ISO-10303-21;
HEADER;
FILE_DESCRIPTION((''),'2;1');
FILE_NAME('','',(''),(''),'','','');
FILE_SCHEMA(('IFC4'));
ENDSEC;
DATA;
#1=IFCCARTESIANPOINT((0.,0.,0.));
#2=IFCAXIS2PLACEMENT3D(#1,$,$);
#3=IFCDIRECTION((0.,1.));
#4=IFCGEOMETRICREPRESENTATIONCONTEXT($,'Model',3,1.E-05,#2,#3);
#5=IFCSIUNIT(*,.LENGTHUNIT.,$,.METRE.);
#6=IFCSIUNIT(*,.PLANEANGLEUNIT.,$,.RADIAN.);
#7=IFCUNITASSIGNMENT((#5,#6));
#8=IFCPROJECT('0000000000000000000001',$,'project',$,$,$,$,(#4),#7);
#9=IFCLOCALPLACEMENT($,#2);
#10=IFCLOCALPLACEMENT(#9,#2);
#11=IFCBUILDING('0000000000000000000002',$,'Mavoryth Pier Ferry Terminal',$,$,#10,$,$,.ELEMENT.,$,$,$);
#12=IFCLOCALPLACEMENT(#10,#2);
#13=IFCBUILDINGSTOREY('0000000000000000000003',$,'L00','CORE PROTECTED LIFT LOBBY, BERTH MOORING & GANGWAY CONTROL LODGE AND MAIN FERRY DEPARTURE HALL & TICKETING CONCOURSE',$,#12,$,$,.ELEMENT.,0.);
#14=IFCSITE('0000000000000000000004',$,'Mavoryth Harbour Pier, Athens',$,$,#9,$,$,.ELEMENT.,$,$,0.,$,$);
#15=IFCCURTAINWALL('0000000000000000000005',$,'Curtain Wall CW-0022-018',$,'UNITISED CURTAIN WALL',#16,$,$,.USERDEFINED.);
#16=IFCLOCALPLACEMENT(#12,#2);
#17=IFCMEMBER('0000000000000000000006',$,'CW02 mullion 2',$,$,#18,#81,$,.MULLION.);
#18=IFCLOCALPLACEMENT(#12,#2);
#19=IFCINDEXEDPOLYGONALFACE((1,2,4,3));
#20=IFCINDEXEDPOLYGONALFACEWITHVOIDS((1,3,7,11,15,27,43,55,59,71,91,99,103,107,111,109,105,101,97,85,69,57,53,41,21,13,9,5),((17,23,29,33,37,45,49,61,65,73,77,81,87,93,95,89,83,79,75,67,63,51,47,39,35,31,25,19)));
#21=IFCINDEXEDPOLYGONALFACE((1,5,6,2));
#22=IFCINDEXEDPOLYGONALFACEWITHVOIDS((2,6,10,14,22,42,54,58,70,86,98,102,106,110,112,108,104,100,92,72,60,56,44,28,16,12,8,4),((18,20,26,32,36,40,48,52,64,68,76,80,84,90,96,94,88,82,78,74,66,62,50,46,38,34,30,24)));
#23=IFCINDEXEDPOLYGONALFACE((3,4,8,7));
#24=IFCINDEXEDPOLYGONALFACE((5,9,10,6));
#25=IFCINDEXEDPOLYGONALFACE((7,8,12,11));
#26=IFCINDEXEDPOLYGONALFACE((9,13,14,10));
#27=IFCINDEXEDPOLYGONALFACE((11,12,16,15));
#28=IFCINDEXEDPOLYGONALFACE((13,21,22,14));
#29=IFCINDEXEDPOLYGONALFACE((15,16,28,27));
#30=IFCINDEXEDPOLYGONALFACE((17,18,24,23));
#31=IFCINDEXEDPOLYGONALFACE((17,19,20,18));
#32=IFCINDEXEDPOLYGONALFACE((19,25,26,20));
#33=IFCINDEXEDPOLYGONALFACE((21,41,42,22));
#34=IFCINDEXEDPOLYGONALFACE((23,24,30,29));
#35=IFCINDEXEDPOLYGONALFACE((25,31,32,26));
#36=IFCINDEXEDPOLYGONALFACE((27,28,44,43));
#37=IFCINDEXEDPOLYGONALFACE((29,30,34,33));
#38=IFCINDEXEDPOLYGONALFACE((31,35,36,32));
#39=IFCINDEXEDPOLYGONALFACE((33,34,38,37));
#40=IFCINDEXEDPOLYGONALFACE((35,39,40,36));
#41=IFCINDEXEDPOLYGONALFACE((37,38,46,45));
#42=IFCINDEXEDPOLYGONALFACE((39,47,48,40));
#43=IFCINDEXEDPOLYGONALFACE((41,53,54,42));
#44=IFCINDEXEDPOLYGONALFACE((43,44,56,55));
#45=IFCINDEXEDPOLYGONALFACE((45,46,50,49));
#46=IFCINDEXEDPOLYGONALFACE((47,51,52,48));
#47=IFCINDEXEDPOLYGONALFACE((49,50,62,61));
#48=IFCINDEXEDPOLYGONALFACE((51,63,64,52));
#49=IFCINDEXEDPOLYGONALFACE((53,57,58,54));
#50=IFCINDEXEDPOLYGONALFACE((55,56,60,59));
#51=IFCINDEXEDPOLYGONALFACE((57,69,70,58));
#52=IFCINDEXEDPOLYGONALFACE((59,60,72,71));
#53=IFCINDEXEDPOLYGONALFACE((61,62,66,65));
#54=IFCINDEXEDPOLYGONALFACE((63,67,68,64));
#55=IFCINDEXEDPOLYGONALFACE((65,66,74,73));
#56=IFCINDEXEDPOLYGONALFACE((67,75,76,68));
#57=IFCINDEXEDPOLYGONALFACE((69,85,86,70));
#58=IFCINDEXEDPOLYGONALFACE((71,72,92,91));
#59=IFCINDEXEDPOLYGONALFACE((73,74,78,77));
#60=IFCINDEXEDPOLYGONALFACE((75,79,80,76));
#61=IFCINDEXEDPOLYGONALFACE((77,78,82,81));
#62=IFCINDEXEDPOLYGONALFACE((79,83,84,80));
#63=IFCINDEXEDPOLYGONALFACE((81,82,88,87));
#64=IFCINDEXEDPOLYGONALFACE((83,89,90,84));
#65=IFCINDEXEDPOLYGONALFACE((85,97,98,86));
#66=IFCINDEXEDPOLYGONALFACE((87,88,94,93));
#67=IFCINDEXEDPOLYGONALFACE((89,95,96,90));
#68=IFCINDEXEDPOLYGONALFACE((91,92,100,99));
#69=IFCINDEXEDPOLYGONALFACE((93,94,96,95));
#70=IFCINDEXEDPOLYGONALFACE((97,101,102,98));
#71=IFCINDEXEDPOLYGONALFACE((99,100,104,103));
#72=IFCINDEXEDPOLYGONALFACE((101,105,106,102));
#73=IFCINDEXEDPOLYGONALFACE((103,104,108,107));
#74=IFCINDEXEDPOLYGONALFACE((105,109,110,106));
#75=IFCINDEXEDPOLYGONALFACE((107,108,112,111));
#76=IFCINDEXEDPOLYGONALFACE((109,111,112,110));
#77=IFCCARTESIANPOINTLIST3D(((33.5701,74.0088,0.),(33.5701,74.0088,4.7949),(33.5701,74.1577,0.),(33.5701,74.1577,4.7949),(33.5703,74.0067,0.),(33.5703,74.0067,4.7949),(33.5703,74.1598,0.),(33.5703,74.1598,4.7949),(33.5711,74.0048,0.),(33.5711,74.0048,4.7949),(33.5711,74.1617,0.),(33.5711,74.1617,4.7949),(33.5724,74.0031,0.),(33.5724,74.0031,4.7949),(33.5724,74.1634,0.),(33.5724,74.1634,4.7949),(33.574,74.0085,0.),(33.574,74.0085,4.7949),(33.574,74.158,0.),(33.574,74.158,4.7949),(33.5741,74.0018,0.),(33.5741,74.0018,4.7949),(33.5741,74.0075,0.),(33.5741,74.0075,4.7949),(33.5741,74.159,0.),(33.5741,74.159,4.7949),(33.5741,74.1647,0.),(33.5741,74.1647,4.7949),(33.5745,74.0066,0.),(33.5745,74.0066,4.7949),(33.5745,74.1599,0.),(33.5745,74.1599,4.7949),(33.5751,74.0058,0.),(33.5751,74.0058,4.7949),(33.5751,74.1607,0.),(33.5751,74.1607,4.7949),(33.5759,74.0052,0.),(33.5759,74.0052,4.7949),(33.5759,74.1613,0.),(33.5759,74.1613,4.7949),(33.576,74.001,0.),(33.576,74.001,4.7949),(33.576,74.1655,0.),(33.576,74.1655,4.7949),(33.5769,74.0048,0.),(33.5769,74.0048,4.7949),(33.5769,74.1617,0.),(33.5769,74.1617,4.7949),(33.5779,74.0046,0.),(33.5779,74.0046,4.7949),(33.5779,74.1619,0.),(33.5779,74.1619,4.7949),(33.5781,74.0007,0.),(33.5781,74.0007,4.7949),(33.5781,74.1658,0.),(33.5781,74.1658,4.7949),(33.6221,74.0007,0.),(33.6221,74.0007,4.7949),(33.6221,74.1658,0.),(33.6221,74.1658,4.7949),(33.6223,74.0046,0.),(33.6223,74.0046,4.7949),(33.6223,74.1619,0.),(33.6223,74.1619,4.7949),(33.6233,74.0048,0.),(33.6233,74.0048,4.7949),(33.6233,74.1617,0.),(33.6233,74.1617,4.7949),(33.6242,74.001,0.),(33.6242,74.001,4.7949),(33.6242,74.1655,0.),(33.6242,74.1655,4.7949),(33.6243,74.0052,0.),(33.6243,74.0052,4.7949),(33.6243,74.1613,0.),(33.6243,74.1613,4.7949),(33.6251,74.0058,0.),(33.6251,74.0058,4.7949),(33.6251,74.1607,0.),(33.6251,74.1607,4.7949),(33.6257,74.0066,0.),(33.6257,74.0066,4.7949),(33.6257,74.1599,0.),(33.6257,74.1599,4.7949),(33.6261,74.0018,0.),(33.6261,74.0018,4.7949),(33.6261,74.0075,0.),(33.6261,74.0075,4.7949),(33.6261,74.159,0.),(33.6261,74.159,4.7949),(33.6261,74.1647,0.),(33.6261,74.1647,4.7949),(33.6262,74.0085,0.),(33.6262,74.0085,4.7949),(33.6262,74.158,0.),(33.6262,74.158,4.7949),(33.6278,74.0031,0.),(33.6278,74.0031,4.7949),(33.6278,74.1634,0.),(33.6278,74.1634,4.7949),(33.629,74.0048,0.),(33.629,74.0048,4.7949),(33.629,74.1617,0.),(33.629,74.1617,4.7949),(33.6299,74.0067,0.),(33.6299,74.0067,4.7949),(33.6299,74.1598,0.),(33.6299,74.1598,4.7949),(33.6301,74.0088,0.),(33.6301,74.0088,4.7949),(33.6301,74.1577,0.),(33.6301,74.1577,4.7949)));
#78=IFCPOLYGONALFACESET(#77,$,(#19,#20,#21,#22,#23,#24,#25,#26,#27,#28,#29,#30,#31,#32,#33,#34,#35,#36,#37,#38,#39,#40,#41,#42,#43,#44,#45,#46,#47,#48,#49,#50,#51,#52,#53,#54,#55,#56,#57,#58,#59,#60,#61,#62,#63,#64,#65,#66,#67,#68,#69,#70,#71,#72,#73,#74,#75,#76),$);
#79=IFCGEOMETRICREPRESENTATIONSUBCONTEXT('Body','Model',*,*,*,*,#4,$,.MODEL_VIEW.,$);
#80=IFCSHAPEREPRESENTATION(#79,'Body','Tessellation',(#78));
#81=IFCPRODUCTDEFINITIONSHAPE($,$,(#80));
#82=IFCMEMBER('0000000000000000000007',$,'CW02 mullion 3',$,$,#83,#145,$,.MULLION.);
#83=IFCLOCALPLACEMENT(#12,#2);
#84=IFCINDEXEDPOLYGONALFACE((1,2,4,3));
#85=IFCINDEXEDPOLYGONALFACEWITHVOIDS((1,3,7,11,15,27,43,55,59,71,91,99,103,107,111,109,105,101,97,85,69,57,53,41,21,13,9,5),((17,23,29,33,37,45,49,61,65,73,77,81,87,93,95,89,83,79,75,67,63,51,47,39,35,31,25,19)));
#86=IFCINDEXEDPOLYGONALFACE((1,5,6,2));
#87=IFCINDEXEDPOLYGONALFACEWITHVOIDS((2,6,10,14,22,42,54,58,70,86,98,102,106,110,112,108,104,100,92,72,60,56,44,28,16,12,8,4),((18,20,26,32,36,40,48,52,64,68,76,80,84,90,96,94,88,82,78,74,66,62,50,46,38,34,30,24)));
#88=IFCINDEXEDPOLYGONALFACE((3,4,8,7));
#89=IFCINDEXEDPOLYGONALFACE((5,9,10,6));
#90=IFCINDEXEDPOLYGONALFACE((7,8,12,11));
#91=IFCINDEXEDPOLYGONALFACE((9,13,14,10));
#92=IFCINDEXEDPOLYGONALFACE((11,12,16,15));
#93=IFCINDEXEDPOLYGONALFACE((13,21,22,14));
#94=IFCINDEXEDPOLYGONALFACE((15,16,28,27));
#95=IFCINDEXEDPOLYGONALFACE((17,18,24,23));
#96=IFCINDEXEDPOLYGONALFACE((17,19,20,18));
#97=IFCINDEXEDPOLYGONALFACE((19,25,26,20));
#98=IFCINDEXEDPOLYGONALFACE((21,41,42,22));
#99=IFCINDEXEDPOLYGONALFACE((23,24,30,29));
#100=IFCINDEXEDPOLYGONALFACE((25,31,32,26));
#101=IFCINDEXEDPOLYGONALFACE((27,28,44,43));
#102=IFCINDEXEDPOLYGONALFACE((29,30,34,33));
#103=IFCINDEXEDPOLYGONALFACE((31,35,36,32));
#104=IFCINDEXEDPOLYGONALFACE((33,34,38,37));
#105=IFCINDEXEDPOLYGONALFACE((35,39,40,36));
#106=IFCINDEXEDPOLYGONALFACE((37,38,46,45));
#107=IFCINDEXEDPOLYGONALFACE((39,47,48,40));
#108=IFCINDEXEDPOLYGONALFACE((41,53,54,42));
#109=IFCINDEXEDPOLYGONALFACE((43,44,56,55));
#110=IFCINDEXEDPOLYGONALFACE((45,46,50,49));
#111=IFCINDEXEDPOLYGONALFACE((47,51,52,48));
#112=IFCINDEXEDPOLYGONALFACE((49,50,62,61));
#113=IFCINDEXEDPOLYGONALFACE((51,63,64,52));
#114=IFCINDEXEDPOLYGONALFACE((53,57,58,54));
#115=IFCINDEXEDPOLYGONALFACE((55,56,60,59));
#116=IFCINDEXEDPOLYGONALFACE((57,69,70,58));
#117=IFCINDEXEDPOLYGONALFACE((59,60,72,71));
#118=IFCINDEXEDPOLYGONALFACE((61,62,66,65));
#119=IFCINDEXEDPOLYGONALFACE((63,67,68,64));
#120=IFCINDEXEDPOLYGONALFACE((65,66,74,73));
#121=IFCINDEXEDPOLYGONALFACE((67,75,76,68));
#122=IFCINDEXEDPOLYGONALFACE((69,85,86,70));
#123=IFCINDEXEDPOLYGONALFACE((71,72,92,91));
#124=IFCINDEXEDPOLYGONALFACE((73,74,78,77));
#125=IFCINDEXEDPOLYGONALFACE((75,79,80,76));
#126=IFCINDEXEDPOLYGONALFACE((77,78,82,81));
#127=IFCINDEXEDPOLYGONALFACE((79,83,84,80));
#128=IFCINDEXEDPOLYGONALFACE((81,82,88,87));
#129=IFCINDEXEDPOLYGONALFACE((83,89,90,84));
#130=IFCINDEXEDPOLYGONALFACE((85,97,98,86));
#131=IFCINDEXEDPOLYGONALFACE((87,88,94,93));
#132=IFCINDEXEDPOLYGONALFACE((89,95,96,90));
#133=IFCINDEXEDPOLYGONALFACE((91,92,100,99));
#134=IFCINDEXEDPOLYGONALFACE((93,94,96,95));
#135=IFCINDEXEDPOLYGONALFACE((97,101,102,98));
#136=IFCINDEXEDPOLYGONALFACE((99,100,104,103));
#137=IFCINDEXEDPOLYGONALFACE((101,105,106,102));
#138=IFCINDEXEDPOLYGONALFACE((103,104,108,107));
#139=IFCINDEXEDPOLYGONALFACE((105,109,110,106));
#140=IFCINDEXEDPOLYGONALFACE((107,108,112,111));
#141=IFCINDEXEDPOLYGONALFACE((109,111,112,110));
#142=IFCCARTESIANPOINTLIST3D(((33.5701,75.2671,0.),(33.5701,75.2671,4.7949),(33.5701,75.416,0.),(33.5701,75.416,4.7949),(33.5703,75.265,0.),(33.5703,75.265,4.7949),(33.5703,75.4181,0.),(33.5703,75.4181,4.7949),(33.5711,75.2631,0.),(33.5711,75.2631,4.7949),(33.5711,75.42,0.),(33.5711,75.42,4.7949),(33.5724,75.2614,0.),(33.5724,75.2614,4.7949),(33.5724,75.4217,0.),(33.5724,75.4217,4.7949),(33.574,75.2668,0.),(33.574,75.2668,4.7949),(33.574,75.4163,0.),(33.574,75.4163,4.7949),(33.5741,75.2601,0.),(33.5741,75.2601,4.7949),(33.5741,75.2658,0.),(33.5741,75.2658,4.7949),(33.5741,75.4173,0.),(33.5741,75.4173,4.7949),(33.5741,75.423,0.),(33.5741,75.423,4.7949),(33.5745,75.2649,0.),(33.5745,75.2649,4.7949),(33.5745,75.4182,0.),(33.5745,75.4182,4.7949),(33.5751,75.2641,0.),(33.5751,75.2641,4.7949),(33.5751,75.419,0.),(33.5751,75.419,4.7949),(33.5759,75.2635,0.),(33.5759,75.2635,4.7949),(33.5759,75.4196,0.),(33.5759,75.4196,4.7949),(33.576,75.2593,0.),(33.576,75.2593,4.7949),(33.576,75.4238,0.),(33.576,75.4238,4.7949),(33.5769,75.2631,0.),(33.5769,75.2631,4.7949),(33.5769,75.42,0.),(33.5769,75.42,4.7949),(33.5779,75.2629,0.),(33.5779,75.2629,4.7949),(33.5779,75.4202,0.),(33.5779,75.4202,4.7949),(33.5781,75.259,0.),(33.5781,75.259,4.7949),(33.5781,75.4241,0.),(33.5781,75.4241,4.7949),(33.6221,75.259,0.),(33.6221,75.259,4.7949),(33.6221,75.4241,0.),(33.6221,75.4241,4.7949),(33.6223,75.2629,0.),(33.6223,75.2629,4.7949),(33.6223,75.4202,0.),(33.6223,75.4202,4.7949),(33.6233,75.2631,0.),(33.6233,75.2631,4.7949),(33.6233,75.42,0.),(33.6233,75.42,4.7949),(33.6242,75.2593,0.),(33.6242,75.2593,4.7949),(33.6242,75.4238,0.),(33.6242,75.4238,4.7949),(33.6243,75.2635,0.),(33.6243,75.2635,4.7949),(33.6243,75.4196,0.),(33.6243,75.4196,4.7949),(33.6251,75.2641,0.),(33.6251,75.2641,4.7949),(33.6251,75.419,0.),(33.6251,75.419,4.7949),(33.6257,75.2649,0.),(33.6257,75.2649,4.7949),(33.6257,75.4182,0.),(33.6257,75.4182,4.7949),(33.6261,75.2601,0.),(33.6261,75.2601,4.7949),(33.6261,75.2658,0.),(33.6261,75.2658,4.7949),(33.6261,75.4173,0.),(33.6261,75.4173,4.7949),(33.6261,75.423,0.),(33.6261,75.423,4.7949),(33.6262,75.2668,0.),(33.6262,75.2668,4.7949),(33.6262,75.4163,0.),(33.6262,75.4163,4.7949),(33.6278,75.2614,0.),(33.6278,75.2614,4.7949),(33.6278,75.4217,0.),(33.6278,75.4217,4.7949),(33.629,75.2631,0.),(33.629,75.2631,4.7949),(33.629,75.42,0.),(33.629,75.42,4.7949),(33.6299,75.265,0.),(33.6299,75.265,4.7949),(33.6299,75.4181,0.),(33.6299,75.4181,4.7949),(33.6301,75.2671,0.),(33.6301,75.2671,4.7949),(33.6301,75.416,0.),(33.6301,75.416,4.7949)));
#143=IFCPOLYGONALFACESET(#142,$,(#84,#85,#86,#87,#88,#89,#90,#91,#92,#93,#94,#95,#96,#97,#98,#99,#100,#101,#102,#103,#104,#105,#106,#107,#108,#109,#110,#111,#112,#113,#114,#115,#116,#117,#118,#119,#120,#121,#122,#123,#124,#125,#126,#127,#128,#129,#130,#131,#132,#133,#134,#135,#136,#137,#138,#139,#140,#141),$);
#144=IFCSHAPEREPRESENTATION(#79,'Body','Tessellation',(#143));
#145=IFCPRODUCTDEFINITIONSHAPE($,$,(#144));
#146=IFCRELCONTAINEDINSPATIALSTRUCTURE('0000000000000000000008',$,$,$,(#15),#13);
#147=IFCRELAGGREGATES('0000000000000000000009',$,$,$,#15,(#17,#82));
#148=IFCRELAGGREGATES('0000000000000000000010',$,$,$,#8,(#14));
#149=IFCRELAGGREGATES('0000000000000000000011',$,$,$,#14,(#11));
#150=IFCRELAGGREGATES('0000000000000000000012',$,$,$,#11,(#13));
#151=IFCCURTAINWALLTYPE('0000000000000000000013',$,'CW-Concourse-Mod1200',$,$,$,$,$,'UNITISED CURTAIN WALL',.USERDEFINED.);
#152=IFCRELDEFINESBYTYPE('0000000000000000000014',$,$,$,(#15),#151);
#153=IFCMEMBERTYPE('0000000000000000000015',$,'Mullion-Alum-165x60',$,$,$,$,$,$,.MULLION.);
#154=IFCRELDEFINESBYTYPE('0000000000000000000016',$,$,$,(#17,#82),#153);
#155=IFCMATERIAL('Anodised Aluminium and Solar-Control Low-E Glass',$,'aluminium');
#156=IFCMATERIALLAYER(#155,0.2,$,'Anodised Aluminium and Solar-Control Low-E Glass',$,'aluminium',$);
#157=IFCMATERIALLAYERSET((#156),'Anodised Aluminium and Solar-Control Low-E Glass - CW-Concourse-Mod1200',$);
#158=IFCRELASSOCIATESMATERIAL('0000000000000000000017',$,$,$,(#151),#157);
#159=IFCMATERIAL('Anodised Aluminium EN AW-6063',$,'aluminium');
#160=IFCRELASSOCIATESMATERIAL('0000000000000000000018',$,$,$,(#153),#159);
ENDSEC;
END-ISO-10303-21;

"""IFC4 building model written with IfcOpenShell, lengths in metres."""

from ifc_helpers import new_model, si_unit, direction, frame, origin, origin_2d, place, context, subcontext, project, spatial, hollow_rectangle, extrude, material, layer, layer_set, material_profile, profile_set, type_object, element, aggregate, save


model = new_model("IFC4")

# Units and contexts
model_context = context("Model", 3, precision=1e-05, world=origin(), true_north=direction((0.0, 1.0)))
body_context = subcontext(model_context, "Body", "Model", "MODEL_VIEW")
ifc_project = project(units=[si_unit("LENGTHUNIT", "METRE"), si_unit("PLANEANGLEUNIT", "RADIAN")], contexts=[model_context])

# Site, building, storey
site_placement = place(None, origin())
site = spatial("IfcSite", under=ifc_project, at=site_placement, Name="Mavoryth Harbour Pier, Athens", CompositionType="ELEMENT", RefElevation=0.0)
building_placement = place(site_placement, origin())
building = spatial("IfcBuilding", under=site, at=building_placement, Name="Mavoryth Pier Ferry Terminal", CompositionType="ELEMENT")
storey_placement = place(building_placement, origin())
storey = spatial("IfcBuildingStorey", under=building, at=storey_placement, Name="L00", Description="CORE PROTECTED LIFT LOBBY, BERTH MOORING & GANGWAY CONTROL LODGE AND MAIN FERRY DEPARTURE HALL & TICKETING CONCOURSE", CompositionType="ELEMENT", Elevation=0.0)

# Curtain wall, members
ifc_material_1 = material(Name="Anodised Aluminium and Solar-Control Low-E Glass", Category="aluminium")
ifc_layer_1 = layer(ifc_material_1, 0.2, Name="Anodised Aluminium and Solar-Control Low-E Glass", Category="aluminium")
ifc_layer_set_1 = layer_set([ifc_layer_1], Name="Anodised Aluminium and Solar-Control Low-E Glass - CW-Concourse-Mod1200")
curtain_wall_type = type_object("IfcCurtainWallType", Name="CW-Concourse-Mod1200", ElementType="UNITISED CURTAIN WALL", PredefinedType="USERDEFINED", material=ifc_layer_set_1)
curtain_wall_placement = place(storey_placement, origin())
curtain_wall = element("IfcCurtainWall", 1, at=curtain_wall_placement, inside=storey, type_object=curtain_wall_type, Name="Curtain Wall CW-0022-018", ObjectType="UNITISED CURTAIN WALL", PredefinedType="USERDEFINED")
ifc_material_2 = material(Name="Anodised Aluminium EN AW-6063", Category="aluminium")
ifc_material_profile_1 = material_profile(ifc_material_2, hollow_rectangle(XDim=0.0601, YDim=0.165, WallThickness=0.0039, InnerFilletRadius=0.0039, OuterFilletRadius=0.0081, at=origin_2d()), Name="AL-MULL 165x60x4", Category="aluminium")
ifc_profile_set_1 = profile_set([ifc_material_profile_1], Name="Anodised Aluminium EN AW-6063 - AL-MULL 165x60x4")
member_type_1 = type_object("IfcMemberType", Name="Mullion-Alum-165x60", PredefinedType="MULLION", material=ifc_profile_set_1)
member_1_placement = place(storey_placement, frame((33.6001, 74.0833, 0.0), z_axis=(0.0, 0.0, 1.0), x_axis=(-1.0, 0.0, 0.0)))
member_1 = element("IfcMember", 2, at=member_1_placement, type_object=member_type_1, Name="CW02 mullion 2", PredefinedType="MULLION", context=body_context, shape_type="SweptSolid", body=[
    extrude(hollow_rectangle(XDim=0.0601, YDim=0.165, WallThickness=0.0039, InnerFilletRadius=0.0039, OuterFilletRadius=0.0081, at=origin_2d()), origin(), (0.0, 0.0, 1.0), 4.7949),
])
member_2_placement = place(storey_placement, frame((33.6001, 75.3416, 0.0), z_axis=(0.0, 0.0, 1.0), x_axis=(-1.0, 0.0, 0.0)))
member_2 = element("IfcMember", 3, at=member_2_placement, type_object=member_type_1, Name="CW02 mullion 3", PredefinedType="MULLION", context=body_context, shape_type="SweptSolid", body=[
    extrude(hollow_rectangle(XDim=0.0601, YDim=0.165, WallThickness=0.0039, InnerFilletRadius=0.0039, OuterFilletRadius=0.0081, at=origin_2d()), origin(), (0.0, 0.0, 1.0), 4.7949),
])
aggregate(curtain_wall, [member_1, member_2])

save(model, "model.ifc")
